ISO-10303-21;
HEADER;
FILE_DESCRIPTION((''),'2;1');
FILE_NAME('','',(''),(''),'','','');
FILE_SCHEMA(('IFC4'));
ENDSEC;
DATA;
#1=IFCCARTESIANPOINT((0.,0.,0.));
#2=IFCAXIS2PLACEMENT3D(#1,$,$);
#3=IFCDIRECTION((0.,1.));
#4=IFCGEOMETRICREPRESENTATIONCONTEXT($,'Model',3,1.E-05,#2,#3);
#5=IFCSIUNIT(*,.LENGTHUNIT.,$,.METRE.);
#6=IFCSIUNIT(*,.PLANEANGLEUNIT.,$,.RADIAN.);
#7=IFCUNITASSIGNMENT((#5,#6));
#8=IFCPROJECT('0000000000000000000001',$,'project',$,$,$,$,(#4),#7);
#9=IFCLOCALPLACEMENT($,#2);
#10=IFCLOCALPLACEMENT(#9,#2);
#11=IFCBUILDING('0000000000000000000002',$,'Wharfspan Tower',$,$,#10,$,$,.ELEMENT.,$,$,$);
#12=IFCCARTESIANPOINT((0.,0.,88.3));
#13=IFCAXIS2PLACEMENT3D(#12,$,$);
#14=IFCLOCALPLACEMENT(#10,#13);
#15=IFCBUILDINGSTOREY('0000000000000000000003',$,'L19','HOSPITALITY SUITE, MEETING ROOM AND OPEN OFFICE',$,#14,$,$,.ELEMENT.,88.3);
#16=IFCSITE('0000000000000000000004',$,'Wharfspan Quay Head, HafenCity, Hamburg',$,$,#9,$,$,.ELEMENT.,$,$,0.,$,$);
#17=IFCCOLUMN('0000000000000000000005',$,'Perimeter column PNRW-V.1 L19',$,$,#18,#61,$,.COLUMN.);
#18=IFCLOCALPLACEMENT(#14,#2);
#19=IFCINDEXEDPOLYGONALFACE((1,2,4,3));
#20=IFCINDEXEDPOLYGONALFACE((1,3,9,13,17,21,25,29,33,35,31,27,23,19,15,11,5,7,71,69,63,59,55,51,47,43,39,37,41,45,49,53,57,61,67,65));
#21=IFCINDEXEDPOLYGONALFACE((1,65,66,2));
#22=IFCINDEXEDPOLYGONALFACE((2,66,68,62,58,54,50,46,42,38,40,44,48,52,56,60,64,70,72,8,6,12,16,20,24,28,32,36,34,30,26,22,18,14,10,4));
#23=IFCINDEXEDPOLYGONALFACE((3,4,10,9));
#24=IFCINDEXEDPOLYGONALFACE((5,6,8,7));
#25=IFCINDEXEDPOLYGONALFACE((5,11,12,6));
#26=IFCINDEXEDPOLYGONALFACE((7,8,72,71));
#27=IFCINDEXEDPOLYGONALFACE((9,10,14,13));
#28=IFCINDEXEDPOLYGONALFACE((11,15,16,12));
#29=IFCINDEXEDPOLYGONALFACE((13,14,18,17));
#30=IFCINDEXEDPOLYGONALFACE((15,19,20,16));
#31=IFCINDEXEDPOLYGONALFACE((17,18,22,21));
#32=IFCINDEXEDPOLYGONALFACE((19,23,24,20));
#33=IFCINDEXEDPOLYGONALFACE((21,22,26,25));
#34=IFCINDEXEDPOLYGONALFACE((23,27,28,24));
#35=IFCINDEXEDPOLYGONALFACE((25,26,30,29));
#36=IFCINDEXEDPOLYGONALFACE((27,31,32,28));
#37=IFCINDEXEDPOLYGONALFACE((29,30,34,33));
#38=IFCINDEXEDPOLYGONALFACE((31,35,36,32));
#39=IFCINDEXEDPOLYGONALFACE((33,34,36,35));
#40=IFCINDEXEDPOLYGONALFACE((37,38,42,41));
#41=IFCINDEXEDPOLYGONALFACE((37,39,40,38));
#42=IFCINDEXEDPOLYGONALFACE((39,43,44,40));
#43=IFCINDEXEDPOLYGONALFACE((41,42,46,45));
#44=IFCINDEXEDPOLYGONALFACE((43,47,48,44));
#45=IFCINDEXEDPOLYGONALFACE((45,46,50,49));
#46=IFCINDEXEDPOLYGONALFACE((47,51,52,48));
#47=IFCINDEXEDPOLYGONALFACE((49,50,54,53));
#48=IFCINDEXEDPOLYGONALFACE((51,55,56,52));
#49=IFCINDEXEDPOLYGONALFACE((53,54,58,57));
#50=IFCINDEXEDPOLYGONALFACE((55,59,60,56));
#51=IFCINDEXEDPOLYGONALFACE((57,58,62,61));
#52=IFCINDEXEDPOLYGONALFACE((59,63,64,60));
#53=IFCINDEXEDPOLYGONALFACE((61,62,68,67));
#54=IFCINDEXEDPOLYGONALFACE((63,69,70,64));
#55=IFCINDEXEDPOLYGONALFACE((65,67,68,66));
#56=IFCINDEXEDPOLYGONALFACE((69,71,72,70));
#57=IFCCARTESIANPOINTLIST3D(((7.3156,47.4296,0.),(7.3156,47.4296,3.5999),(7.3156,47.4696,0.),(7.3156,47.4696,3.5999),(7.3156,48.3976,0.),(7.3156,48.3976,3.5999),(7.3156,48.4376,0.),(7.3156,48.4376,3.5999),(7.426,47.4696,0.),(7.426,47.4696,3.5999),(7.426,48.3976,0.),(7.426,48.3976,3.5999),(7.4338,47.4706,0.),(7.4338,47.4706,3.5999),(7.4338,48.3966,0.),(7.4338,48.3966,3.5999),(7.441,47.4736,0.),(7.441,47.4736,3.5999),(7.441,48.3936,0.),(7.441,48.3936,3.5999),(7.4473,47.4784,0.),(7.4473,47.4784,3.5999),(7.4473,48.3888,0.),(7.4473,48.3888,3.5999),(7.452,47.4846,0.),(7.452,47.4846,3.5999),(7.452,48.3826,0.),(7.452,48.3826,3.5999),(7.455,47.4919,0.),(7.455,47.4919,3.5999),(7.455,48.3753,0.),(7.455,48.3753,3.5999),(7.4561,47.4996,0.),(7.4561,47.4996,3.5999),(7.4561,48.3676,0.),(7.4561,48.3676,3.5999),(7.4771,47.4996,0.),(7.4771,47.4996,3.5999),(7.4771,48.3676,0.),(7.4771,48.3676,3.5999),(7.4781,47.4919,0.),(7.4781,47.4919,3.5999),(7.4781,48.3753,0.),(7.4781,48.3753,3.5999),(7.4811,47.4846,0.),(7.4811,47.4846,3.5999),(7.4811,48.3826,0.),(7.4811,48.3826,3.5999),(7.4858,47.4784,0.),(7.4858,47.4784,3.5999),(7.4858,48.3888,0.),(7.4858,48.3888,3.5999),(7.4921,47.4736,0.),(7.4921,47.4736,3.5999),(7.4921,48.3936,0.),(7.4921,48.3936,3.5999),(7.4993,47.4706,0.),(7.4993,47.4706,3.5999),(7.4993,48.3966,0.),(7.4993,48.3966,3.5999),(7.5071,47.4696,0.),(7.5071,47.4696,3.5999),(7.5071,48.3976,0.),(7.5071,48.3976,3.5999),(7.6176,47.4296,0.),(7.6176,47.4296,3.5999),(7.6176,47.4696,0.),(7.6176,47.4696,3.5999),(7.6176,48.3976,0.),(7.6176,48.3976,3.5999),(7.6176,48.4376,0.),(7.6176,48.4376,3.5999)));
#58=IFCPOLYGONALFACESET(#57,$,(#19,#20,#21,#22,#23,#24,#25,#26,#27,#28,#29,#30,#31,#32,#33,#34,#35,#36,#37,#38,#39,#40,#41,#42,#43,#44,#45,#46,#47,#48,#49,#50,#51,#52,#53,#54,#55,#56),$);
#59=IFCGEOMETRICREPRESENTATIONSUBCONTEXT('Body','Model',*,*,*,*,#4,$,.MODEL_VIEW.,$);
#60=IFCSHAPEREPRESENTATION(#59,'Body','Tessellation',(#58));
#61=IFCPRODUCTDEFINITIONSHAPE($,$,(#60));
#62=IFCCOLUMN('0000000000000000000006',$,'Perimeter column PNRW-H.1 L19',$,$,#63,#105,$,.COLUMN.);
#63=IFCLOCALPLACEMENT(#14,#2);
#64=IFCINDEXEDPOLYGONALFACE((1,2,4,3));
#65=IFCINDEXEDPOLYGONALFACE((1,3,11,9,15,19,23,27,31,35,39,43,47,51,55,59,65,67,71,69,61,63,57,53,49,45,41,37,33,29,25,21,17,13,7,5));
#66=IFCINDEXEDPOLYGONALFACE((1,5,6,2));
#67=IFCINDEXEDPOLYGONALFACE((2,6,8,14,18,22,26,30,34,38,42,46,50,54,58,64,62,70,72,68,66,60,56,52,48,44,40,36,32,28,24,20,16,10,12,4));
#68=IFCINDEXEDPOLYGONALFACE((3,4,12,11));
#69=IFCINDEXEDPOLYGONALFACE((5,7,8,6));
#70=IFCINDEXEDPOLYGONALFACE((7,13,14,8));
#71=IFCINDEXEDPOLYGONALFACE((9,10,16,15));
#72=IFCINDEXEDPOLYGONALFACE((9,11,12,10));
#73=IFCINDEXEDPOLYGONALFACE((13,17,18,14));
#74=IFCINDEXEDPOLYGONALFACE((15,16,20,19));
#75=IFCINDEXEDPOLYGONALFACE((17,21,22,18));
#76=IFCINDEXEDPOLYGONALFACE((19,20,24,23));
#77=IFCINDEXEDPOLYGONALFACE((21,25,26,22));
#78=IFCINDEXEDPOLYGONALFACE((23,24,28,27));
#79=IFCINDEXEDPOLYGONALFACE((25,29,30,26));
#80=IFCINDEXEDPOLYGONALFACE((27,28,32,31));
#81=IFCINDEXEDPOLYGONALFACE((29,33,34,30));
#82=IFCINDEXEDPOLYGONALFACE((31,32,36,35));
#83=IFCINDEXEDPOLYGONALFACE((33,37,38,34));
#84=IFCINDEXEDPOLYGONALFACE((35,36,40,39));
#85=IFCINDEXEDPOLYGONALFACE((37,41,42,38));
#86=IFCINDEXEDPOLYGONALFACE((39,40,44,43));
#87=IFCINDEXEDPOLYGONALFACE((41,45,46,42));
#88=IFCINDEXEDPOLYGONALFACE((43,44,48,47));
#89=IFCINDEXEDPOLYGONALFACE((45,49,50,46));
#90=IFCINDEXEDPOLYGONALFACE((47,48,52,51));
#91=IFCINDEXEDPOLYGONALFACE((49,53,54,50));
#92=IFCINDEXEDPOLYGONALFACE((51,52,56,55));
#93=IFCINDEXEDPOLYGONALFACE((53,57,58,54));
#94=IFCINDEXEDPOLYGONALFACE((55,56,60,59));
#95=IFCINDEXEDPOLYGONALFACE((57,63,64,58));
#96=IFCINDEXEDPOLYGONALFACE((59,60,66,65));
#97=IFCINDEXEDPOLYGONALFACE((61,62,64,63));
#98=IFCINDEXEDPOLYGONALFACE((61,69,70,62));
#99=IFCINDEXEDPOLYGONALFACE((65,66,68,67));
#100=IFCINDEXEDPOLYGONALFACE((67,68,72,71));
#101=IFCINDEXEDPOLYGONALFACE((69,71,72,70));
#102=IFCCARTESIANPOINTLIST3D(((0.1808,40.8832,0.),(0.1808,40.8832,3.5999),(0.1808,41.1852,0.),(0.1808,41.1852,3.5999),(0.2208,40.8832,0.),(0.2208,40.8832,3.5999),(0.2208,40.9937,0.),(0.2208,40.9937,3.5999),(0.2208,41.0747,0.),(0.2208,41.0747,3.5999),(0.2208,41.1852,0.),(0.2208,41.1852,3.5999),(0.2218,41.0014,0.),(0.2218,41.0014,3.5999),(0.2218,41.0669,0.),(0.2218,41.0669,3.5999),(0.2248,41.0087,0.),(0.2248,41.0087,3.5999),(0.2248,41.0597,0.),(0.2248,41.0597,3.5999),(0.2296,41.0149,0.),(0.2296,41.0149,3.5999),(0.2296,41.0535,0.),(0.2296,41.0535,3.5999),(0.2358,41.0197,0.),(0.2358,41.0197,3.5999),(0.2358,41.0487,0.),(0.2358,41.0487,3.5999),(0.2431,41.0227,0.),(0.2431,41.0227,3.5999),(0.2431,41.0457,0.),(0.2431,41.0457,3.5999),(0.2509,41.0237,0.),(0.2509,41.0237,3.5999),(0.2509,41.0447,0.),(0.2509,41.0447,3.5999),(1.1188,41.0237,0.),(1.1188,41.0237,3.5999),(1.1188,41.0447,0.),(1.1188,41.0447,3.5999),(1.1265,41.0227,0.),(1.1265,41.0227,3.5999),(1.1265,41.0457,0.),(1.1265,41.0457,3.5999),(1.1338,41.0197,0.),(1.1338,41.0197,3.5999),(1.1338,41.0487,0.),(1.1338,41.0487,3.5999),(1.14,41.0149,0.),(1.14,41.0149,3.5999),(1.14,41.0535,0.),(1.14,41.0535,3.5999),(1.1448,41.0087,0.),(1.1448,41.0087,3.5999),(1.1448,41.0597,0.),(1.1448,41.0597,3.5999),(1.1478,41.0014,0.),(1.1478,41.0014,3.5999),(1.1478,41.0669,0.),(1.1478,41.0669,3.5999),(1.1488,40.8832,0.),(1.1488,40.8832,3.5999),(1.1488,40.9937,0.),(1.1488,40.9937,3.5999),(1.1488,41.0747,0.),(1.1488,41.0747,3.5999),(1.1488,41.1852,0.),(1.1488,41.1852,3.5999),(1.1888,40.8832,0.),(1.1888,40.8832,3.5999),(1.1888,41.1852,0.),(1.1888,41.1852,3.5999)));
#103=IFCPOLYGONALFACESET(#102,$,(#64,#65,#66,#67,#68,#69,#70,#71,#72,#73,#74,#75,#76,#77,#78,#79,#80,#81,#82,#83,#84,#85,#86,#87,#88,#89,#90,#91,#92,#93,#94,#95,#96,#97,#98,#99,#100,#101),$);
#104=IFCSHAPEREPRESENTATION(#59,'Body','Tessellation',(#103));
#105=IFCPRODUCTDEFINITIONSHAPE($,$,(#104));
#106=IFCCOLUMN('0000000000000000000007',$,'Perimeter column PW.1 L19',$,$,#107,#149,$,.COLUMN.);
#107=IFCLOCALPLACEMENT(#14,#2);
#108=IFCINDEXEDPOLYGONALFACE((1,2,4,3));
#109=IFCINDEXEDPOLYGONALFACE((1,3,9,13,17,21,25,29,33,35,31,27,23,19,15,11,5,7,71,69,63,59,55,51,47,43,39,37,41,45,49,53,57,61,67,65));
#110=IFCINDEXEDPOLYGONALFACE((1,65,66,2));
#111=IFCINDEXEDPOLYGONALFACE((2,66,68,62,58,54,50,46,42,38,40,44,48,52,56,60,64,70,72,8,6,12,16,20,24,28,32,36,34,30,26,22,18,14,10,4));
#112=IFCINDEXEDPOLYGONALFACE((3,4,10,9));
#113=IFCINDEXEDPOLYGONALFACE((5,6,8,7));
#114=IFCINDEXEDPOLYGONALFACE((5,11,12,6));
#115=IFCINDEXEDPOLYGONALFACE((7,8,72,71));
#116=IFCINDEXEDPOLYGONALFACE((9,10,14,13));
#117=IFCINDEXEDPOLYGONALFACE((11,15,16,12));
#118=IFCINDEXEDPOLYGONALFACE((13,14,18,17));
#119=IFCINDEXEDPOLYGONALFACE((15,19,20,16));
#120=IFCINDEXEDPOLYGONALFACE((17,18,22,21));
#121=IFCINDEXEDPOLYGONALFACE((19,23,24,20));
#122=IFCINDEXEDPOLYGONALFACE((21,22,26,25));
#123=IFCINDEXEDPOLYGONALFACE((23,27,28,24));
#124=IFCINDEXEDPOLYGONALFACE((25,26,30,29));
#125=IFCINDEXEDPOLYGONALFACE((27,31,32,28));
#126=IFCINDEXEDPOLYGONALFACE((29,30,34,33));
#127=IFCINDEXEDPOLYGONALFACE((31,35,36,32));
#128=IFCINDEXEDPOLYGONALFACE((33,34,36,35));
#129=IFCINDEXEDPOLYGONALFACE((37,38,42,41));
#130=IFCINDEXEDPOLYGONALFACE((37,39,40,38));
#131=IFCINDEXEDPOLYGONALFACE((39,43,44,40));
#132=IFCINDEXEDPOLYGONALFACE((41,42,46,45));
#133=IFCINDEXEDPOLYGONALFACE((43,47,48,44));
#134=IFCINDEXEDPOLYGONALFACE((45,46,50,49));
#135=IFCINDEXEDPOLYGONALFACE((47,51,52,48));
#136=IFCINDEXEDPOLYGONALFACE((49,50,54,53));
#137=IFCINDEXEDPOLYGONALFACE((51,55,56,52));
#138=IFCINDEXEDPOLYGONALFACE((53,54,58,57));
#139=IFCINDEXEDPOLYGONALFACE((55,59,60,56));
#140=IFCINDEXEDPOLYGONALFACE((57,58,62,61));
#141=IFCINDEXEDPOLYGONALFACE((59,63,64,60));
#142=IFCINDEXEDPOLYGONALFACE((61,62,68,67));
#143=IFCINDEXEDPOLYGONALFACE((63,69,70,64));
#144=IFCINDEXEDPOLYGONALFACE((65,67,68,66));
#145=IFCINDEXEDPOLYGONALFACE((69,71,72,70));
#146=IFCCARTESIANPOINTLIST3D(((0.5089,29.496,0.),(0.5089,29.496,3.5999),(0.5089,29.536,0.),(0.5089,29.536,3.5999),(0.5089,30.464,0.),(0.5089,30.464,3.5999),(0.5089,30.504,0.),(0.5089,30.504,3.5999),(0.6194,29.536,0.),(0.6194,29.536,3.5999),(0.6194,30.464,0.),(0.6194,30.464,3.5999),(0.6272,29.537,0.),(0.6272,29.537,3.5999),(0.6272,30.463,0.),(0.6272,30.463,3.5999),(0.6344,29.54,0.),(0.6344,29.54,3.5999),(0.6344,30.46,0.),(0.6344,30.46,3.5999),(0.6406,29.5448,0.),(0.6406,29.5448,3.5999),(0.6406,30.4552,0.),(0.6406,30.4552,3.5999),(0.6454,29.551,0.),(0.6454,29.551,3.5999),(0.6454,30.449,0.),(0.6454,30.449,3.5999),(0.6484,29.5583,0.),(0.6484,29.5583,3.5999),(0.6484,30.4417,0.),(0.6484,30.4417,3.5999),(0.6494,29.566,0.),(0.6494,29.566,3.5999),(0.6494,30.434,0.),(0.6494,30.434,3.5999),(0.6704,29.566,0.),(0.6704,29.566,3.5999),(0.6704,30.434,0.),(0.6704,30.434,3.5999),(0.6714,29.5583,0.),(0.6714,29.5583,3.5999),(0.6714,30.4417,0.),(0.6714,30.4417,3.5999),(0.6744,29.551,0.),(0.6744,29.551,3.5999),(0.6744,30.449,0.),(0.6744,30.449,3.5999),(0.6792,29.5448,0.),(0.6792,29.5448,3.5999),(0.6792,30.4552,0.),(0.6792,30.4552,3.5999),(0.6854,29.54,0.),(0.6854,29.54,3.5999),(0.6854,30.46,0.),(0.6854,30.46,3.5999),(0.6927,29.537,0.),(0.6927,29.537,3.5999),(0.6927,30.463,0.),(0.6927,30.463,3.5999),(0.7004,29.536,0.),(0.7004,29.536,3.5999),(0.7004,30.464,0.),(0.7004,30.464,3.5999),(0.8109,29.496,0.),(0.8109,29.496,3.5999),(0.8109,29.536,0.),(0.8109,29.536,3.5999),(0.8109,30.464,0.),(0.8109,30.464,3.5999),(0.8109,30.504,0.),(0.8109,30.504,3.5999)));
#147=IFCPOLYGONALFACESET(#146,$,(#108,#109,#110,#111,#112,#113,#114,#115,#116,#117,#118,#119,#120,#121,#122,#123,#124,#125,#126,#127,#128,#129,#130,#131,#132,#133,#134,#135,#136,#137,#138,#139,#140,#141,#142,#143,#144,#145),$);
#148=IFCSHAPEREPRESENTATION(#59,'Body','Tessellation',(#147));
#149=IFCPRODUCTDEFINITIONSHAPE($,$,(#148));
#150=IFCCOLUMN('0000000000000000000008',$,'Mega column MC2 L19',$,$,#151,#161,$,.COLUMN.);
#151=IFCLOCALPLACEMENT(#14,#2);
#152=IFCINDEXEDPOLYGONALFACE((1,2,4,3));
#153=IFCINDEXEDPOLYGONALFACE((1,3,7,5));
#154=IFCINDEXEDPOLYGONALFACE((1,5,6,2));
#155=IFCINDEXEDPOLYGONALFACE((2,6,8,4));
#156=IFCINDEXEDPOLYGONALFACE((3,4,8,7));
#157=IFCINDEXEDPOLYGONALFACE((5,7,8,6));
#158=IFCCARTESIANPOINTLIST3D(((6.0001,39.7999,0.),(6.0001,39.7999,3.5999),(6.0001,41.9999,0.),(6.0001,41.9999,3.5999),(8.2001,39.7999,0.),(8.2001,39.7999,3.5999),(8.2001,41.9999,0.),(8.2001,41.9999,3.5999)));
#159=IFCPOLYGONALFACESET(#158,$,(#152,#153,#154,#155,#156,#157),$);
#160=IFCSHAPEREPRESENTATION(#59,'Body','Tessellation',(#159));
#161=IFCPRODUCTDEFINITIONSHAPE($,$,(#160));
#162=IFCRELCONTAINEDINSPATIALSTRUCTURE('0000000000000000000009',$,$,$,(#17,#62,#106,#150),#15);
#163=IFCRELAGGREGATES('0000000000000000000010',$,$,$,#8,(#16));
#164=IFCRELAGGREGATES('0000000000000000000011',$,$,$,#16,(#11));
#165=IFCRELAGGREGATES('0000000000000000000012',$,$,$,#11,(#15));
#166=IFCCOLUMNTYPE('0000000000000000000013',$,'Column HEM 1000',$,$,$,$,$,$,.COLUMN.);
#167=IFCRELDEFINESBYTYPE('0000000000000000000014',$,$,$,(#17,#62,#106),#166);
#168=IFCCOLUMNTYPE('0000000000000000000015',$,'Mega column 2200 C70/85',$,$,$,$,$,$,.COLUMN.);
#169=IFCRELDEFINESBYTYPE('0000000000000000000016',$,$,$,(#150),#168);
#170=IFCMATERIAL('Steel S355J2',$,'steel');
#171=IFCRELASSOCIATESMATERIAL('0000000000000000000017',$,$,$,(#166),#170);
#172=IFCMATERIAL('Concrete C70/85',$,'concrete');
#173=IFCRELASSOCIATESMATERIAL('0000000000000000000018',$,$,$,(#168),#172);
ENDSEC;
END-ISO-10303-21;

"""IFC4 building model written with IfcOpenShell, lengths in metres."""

from ifc_helpers import new_model, si_unit, direction, frame, origin, origin_2d, place, context, subcontext, project, spatial, rectangle, i_section, extrude, material, material_profile, profile_set, type_object, element, save


model = new_model("IFC4")

# Units and contexts
model_context = context("Model", 3, precision=1e-05, world=origin(), true_north=direction((0.0, 1.0)))
body_context = subcontext(model_context, "Body", "Model", "MODEL_VIEW")
ifc_project = project(units=[si_unit("LENGTHUNIT", "METRE"), si_unit("PLANEANGLEUNIT", "RADIAN")], contexts=[model_context])

# Site, building, storey
site_placement = place(None, origin())
site = spatial("IfcSite", under=ifc_project, at=site_placement, Name="Wharfspan Quay Head, HafenCity, Hamburg", CompositionType="ELEMENT", RefElevation=0.0)
building_placement = place(site_placement, origin())
building = spatial("IfcBuilding", under=site, at=building_placement, Name="Wharfspan Tower", CompositionType="ELEMENT")
storey_placement = place(building_placement, frame((0.0, 0.0, 88.3)))
storey = spatial("IfcBuildingStorey", under=building, at=storey_placement, Name="L19", Description="HOSPITALITY SUITE, MEETING ROOM AND OPEN OFFICE", CompositionType="ELEMENT", Elevation=88.3)

# Columns
ifc_material_1 = material(Name="Steel S355J2", Category="steel")
ifc_material_profile_1 = material_profile(ifc_material_1, i_section(OverallWidth=0.302, OverallDepth=1.0081, WebThickness=0.021, FlangeThickness=0.04, FilletRadius=0.03, at=origin_2d()))
ifc_profile_set_1 = profile_set([ifc_material_profile_1], Name="Steel S355J2")
column_type_1 = type_object("IfcColumnType", Name="Column HEM 1000", PredefinedType="COLUMN", material=ifc_profile_set_1)
for number, where, z_axis, x_axis, name in (
    (1, (7.4666, 47.9336, 0.0), (0.0, 0.0, 1.0), (-1.0, 0.0, 0.0), "Perimeter column PNRW-V.1 L19"),
    (2, (0.6848, 41.0342, 0.0), (0.0, 0.0, 1.0), (0.0, 1.0, 0.0), "Perimeter column PNRW-H.1 L19"),
    (3, (0.6599, 30.0, 0.0), (0.0, 0.0, 1.0), (-1.0, 0.0, 0.0), "Perimeter column PW.1 L19"),
):
    element("IfcColumn", number, at=place(storey_placement, frame(where, z_axis=z_axis, x_axis=x_axis)), inside=storey, type_object=column_type_1, Name=name, PredefinedType="COLUMN", context=body_context, shape_type="SweptSolid", body=[
        extrude(i_section(OverallWidth=0.302, OverallDepth=1.0081, WebThickness=0.021, FlangeThickness=0.04, FilletRadius=0.03, at=origin_2d()), origin(), (0.0, 0.0, 1.0), 3.5999),
    ])
ifc_material_2 = material(Name="Concrete C70/85", Category="concrete")
ifc_material_profile_2 = material_profile(ifc_material_2, rectangle(XDim=2.2, YDim=2.2, at=origin_2d()))
ifc_profile_set_2 = profile_set([ifc_material_profile_2], Name="Concrete C70/85")
column_type_2 = type_object("IfcColumnType", Name="Mega column 2200 C70/85", PredefinedType="COLUMN", material=ifc_profile_set_2)
column_placement = place(storey_placement, frame((7.1001, 40.8999, 0.0), z_axis=(0.0, 0.0, 1.0), x_axis=(1.0, 0.0, 0.0)))
element("IfcColumn", 4, at=column_placement, inside=storey, type_object=column_type_2, Name="Mega column MC2 L19", PredefinedType="COLUMN", context=body_context, shape_type="SweptSolid", body=[
    extrude(rectangle(XDim=2.2, YDim=2.2, at=origin_2d()), origin(), (0.0, 0.0, 1.0), 3.5999),
])

save(model, "model.ifc")
